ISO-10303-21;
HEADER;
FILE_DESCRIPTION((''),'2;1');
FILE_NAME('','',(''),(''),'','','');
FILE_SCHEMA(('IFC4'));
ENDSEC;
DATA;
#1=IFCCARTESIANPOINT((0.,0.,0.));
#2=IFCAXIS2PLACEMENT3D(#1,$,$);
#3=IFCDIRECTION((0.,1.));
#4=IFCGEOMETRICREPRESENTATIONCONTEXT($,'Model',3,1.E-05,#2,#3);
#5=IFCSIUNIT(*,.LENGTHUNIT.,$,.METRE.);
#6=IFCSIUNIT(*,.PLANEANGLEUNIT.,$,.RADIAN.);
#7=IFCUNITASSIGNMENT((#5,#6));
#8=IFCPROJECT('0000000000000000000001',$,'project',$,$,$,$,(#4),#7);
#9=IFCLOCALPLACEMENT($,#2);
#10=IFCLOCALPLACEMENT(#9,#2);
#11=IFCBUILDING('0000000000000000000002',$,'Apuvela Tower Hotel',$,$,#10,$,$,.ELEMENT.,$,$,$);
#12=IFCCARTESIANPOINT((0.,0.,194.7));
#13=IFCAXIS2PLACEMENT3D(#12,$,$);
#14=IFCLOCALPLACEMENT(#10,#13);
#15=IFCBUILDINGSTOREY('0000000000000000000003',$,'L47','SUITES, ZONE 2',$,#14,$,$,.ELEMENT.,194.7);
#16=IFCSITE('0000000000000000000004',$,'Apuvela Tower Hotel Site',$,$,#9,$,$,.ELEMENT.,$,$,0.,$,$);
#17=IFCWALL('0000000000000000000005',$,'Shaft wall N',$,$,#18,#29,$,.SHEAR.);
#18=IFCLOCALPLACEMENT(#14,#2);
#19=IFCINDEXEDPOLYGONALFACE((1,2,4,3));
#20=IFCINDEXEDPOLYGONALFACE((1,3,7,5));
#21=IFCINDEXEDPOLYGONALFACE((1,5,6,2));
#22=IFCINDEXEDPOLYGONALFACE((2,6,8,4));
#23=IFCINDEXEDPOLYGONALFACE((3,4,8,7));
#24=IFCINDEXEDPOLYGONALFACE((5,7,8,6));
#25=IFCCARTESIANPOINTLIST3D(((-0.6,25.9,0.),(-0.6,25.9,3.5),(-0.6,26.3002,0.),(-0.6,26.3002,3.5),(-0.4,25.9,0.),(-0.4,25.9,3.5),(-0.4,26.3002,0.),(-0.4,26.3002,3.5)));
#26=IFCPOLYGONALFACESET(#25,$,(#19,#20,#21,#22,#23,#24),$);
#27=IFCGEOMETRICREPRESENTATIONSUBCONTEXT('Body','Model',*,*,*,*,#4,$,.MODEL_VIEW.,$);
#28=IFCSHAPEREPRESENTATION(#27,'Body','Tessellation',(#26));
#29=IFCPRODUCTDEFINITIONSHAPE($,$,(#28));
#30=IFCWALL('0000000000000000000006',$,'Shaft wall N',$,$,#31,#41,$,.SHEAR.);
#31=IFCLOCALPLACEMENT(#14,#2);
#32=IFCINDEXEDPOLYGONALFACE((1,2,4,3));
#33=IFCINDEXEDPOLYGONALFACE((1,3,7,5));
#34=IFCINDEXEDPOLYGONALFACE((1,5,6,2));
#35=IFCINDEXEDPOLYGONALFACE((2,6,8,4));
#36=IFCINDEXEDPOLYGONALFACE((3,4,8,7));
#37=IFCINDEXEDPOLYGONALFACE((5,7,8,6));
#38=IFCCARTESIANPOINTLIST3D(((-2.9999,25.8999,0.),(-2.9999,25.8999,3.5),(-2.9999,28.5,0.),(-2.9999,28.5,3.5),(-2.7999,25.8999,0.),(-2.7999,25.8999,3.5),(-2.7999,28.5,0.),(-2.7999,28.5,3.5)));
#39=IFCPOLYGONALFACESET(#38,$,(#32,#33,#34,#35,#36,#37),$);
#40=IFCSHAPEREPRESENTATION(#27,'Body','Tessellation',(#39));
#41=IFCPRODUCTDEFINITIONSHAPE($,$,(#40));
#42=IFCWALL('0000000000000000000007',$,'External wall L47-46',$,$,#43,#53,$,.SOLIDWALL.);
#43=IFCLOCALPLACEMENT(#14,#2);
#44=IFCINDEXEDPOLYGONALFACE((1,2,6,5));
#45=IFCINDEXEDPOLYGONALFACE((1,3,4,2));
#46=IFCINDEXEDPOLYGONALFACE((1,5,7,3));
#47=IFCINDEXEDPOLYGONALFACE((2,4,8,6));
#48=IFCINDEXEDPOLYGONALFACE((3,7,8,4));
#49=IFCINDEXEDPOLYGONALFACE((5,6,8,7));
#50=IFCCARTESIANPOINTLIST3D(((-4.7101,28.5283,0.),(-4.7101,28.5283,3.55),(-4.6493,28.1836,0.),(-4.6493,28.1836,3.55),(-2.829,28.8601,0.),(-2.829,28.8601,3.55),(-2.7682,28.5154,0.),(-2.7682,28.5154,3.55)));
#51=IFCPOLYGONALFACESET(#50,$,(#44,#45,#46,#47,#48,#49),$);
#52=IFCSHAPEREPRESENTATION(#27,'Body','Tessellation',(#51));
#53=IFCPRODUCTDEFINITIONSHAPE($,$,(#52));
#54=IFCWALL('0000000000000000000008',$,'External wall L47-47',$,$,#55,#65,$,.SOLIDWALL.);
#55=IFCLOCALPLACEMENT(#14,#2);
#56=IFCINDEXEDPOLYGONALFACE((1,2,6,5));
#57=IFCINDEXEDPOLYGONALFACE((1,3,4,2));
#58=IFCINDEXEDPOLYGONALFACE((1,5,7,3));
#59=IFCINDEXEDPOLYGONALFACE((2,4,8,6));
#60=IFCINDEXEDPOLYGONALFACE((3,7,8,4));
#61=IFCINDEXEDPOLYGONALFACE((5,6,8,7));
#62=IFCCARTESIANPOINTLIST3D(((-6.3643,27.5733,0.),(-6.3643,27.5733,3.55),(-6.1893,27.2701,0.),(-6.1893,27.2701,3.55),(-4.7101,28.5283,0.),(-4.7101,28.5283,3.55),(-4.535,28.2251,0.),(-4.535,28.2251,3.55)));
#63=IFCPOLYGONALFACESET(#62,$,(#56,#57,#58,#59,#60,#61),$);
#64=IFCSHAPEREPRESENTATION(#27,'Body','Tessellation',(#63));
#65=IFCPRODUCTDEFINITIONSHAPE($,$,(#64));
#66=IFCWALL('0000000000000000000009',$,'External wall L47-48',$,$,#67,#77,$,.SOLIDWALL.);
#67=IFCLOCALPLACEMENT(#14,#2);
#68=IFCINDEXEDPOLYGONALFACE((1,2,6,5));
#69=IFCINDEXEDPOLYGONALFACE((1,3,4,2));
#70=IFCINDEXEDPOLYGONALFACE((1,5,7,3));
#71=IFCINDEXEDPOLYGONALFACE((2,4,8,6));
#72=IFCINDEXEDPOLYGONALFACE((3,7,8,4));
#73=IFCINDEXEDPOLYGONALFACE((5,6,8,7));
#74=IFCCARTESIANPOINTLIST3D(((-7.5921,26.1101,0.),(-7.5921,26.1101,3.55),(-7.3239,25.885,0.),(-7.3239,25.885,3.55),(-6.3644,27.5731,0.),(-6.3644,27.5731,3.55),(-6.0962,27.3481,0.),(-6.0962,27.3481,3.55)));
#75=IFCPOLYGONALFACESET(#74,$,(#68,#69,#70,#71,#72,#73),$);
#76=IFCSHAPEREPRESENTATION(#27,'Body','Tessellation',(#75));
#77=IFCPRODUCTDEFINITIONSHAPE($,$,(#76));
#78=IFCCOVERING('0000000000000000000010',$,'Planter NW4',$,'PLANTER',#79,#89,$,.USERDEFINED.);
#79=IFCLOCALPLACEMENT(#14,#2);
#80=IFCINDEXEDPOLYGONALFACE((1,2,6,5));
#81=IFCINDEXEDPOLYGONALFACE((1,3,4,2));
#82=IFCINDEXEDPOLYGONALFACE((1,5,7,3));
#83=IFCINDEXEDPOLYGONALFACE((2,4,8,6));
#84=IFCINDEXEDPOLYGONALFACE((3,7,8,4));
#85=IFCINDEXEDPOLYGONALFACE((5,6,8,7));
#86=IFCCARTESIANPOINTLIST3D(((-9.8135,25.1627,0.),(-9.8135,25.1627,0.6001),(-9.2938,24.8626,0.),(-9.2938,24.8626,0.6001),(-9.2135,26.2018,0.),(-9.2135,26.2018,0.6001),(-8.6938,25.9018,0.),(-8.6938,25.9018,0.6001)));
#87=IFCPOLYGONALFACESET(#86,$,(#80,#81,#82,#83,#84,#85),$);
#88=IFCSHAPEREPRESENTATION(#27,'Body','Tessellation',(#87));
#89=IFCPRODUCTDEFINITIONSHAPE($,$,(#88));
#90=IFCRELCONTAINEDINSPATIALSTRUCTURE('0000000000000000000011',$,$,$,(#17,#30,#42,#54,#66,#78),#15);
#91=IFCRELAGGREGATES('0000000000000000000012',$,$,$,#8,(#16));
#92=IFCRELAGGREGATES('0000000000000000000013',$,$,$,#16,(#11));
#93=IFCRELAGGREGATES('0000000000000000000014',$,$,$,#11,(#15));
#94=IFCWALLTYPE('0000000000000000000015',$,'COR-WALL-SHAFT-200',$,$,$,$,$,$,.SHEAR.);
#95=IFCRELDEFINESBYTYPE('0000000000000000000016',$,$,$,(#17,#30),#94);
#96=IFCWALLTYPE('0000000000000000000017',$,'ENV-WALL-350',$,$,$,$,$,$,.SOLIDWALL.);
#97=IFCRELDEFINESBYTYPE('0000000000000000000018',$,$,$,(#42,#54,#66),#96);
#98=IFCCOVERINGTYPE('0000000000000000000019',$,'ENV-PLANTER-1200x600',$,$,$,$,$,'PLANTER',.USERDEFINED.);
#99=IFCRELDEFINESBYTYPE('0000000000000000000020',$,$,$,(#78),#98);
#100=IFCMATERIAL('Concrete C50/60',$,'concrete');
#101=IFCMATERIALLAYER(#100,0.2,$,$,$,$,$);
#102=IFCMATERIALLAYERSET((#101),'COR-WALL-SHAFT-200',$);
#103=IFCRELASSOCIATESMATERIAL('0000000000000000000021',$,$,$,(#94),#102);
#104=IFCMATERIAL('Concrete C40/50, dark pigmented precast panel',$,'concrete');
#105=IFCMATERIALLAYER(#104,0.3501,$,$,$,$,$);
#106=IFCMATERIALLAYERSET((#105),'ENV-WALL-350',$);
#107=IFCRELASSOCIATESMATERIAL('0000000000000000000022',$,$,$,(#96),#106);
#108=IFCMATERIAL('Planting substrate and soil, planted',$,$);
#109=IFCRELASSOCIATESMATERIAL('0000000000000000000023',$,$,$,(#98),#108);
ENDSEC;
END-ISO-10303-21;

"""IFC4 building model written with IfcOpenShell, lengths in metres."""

from ifc_helpers import new_model, si_unit, direction, frame, frame_2d, origin, origin_2d, place, context, subcontext, project, spatial, rectangle, extrude, material, layer, layer_set, type_object, element, save


model = new_model("IFC4")

# Units and contexts
model_context = context("Model", 3, precision=1e-05, world=origin(), true_north=direction((0.0, 1.0)))
body_context = subcontext(model_context, "Body", "Model", "MODEL_VIEW")
ifc_project = project(units=[si_unit("LENGTHUNIT", "METRE"), si_unit("PLANEANGLEUNIT", "RADIAN")], contexts=[model_context])

# Site, building, storey
site_placement = place(None, origin())
site = spatial("IfcSite", under=ifc_project, at=site_placement, Name="Apuvela Tower Hotel Site", CompositionType="ELEMENT", RefElevation=0.0)
building_placement = place(site_placement, origin())
building = spatial("IfcBuilding", under=site, at=building_placement, Name="Apuvela Tower Hotel", CompositionType="ELEMENT")
storey_placement = place(building_placement, frame((0.0, 0.0, 194.7)))
storey = spatial("IfcBuildingStorey", under=building, at=storey_placement, Name="L47", Description="SUITES, ZONE 2", CompositionType="ELEMENT", Elevation=194.7)

# Walls
ifc_material_1 = material(Name="Concrete C50/60", Category="concrete")
ifc_layer_1 = layer(ifc_material_1, 0.2)
ifc_layer_set_1 = layer_set([ifc_layer_1], Name="COR-WALL-SHAFT-200")
wall_type_1 = type_object("IfcWallType", Name="COR-WALL-SHAFT-200", PredefinedType="SHEAR", material=ifc_layer_set_1)
wall_1_placement = place(storey_placement, frame((-0.5, 25.8999, 0.0), z_axis=(0.0, 0.0, 1.0), x_axis=(0.0, 1.0, 0.0)))
element("IfcWall", 1, at=wall_1_placement, inside=storey, type_object=wall_type_1, Name="Shaft wall N", PredefinedType="SHEAR", context=body_context, shape_type="SweptSolid", body=[
    extrude(rectangle(XDim=0.4001, YDim=0.2, at=frame_2d((0.2002, 0.0))), origin(), (0.0, 0.0, 1.0), 3.5),
])
wall_2_placement = place(storey_placement, frame((-2.8999, 25.8999, 0.0), z_axis=(0.0, 0.0, 1.0), x_axis=(0.0, 1.0, 0.0)))
element("IfcWall", 2, at=wall_2_placement, inside=storey, type_object=wall_type_1, Name="Shaft wall N", PredefinedType="SHEAR", context=body_context, shape_type="SweptSolid", body=[
    extrude(rectangle(XDim=2.6001, YDim=0.2, at=frame_2d((1.3, 0.0))), origin(), (0.0, 0.0, 1.0), 3.5),
])

# Shared definitions
ifc_material_2 = material(Name="Concrete C40/50, dark pigmented precast panel", Category="concrete")
ifc_layer_2 = layer(ifc_material_2, 0.3501)
ifc_layer_set_2 = layer_set([ifc_layer_2], Name="ENV-WALL-350")
wall_type_2 = type_object("IfcWallType", Name="ENV-WALL-350", PredefinedType="SOLIDWALL", material=ifc_layer_set_2)

# Walls
for number, where, z_axis, x_axis, name in (
    (3, (-2.7986, 28.6877, 0.0), (0.0, 0.0, 1.0), (-0.984799, -0.173698, 0.0), "External wall L47-46"),
    (4, (-4.6226, 28.3767, 0.0), (0.0, 0.0, 1.0), (-0.866032, -0.499988, 0.0), "External wall L47-47"),
):
    element("IfcWall", number, at=place(storey_placement, frame(where, z_axis=z_axis, x_axis=x_axis)), inside=storey, type_object=wall_type_2, Name=name, PredefinedType="SOLIDWALL", context=body_context, shape_type="SweptSolid", body=[
        extrude(rectangle(XDim=1.9102, YDim=0.3501, at=frame_2d((0.9551, 0.0))), origin(), (0.0, 0.0, 1.0), 3.55),
    ])
wall_3_placement = place(storey_placement, frame((-6.2302, 27.4607, 0.0), z_axis=(0.0, 0.0, 1.0), x_axis=(-0.642808, -0.766027, 0.0)))
element("IfcWall", 5, at=wall_3_placement, inside=storey, type_object=wall_type_2, Name="External wall L47-48", PredefinedType="SOLIDWALL", context=body_context, shape_type="SweptSolid", body=[
    extrude(rectangle(XDim=1.9099, YDim=0.3501, at=frame_2d((0.9551, 0.0))), origin(), (0.0, 0.0, 1.0), 3.55),
])

# Covering
ifc_material_3 = material(Name="Planting substrate and soil, planted")
covering_type = type_object("IfcCoveringType", Name="ENV-PLANTER-1200x600", ElementType="PLANTER", PredefinedType="USERDEFINED", material=ifc_material_3)
covering_placement = place(storey_placement, frame((-9.2537, 25.5322, 0.0), z_axis=(0.0, 0.0, 1.0), x_axis=(-0.5, -0.866025, 0.0)))
element("IfcCovering", 6, at=covering_placement, inside=storey, type_object=covering_type, Name="Planter NW4", ObjectType="PLANTER", PredefinedType="USERDEFINED", context=body_context, shape_type="SweptSolid", body=[
    extrude(rectangle(XDim=1.2, YDim=0.6001, at=origin_2d()), origin(), (0.0, 0.0, 1.0), 0.6001),
])

save(model, "model.ifc")
